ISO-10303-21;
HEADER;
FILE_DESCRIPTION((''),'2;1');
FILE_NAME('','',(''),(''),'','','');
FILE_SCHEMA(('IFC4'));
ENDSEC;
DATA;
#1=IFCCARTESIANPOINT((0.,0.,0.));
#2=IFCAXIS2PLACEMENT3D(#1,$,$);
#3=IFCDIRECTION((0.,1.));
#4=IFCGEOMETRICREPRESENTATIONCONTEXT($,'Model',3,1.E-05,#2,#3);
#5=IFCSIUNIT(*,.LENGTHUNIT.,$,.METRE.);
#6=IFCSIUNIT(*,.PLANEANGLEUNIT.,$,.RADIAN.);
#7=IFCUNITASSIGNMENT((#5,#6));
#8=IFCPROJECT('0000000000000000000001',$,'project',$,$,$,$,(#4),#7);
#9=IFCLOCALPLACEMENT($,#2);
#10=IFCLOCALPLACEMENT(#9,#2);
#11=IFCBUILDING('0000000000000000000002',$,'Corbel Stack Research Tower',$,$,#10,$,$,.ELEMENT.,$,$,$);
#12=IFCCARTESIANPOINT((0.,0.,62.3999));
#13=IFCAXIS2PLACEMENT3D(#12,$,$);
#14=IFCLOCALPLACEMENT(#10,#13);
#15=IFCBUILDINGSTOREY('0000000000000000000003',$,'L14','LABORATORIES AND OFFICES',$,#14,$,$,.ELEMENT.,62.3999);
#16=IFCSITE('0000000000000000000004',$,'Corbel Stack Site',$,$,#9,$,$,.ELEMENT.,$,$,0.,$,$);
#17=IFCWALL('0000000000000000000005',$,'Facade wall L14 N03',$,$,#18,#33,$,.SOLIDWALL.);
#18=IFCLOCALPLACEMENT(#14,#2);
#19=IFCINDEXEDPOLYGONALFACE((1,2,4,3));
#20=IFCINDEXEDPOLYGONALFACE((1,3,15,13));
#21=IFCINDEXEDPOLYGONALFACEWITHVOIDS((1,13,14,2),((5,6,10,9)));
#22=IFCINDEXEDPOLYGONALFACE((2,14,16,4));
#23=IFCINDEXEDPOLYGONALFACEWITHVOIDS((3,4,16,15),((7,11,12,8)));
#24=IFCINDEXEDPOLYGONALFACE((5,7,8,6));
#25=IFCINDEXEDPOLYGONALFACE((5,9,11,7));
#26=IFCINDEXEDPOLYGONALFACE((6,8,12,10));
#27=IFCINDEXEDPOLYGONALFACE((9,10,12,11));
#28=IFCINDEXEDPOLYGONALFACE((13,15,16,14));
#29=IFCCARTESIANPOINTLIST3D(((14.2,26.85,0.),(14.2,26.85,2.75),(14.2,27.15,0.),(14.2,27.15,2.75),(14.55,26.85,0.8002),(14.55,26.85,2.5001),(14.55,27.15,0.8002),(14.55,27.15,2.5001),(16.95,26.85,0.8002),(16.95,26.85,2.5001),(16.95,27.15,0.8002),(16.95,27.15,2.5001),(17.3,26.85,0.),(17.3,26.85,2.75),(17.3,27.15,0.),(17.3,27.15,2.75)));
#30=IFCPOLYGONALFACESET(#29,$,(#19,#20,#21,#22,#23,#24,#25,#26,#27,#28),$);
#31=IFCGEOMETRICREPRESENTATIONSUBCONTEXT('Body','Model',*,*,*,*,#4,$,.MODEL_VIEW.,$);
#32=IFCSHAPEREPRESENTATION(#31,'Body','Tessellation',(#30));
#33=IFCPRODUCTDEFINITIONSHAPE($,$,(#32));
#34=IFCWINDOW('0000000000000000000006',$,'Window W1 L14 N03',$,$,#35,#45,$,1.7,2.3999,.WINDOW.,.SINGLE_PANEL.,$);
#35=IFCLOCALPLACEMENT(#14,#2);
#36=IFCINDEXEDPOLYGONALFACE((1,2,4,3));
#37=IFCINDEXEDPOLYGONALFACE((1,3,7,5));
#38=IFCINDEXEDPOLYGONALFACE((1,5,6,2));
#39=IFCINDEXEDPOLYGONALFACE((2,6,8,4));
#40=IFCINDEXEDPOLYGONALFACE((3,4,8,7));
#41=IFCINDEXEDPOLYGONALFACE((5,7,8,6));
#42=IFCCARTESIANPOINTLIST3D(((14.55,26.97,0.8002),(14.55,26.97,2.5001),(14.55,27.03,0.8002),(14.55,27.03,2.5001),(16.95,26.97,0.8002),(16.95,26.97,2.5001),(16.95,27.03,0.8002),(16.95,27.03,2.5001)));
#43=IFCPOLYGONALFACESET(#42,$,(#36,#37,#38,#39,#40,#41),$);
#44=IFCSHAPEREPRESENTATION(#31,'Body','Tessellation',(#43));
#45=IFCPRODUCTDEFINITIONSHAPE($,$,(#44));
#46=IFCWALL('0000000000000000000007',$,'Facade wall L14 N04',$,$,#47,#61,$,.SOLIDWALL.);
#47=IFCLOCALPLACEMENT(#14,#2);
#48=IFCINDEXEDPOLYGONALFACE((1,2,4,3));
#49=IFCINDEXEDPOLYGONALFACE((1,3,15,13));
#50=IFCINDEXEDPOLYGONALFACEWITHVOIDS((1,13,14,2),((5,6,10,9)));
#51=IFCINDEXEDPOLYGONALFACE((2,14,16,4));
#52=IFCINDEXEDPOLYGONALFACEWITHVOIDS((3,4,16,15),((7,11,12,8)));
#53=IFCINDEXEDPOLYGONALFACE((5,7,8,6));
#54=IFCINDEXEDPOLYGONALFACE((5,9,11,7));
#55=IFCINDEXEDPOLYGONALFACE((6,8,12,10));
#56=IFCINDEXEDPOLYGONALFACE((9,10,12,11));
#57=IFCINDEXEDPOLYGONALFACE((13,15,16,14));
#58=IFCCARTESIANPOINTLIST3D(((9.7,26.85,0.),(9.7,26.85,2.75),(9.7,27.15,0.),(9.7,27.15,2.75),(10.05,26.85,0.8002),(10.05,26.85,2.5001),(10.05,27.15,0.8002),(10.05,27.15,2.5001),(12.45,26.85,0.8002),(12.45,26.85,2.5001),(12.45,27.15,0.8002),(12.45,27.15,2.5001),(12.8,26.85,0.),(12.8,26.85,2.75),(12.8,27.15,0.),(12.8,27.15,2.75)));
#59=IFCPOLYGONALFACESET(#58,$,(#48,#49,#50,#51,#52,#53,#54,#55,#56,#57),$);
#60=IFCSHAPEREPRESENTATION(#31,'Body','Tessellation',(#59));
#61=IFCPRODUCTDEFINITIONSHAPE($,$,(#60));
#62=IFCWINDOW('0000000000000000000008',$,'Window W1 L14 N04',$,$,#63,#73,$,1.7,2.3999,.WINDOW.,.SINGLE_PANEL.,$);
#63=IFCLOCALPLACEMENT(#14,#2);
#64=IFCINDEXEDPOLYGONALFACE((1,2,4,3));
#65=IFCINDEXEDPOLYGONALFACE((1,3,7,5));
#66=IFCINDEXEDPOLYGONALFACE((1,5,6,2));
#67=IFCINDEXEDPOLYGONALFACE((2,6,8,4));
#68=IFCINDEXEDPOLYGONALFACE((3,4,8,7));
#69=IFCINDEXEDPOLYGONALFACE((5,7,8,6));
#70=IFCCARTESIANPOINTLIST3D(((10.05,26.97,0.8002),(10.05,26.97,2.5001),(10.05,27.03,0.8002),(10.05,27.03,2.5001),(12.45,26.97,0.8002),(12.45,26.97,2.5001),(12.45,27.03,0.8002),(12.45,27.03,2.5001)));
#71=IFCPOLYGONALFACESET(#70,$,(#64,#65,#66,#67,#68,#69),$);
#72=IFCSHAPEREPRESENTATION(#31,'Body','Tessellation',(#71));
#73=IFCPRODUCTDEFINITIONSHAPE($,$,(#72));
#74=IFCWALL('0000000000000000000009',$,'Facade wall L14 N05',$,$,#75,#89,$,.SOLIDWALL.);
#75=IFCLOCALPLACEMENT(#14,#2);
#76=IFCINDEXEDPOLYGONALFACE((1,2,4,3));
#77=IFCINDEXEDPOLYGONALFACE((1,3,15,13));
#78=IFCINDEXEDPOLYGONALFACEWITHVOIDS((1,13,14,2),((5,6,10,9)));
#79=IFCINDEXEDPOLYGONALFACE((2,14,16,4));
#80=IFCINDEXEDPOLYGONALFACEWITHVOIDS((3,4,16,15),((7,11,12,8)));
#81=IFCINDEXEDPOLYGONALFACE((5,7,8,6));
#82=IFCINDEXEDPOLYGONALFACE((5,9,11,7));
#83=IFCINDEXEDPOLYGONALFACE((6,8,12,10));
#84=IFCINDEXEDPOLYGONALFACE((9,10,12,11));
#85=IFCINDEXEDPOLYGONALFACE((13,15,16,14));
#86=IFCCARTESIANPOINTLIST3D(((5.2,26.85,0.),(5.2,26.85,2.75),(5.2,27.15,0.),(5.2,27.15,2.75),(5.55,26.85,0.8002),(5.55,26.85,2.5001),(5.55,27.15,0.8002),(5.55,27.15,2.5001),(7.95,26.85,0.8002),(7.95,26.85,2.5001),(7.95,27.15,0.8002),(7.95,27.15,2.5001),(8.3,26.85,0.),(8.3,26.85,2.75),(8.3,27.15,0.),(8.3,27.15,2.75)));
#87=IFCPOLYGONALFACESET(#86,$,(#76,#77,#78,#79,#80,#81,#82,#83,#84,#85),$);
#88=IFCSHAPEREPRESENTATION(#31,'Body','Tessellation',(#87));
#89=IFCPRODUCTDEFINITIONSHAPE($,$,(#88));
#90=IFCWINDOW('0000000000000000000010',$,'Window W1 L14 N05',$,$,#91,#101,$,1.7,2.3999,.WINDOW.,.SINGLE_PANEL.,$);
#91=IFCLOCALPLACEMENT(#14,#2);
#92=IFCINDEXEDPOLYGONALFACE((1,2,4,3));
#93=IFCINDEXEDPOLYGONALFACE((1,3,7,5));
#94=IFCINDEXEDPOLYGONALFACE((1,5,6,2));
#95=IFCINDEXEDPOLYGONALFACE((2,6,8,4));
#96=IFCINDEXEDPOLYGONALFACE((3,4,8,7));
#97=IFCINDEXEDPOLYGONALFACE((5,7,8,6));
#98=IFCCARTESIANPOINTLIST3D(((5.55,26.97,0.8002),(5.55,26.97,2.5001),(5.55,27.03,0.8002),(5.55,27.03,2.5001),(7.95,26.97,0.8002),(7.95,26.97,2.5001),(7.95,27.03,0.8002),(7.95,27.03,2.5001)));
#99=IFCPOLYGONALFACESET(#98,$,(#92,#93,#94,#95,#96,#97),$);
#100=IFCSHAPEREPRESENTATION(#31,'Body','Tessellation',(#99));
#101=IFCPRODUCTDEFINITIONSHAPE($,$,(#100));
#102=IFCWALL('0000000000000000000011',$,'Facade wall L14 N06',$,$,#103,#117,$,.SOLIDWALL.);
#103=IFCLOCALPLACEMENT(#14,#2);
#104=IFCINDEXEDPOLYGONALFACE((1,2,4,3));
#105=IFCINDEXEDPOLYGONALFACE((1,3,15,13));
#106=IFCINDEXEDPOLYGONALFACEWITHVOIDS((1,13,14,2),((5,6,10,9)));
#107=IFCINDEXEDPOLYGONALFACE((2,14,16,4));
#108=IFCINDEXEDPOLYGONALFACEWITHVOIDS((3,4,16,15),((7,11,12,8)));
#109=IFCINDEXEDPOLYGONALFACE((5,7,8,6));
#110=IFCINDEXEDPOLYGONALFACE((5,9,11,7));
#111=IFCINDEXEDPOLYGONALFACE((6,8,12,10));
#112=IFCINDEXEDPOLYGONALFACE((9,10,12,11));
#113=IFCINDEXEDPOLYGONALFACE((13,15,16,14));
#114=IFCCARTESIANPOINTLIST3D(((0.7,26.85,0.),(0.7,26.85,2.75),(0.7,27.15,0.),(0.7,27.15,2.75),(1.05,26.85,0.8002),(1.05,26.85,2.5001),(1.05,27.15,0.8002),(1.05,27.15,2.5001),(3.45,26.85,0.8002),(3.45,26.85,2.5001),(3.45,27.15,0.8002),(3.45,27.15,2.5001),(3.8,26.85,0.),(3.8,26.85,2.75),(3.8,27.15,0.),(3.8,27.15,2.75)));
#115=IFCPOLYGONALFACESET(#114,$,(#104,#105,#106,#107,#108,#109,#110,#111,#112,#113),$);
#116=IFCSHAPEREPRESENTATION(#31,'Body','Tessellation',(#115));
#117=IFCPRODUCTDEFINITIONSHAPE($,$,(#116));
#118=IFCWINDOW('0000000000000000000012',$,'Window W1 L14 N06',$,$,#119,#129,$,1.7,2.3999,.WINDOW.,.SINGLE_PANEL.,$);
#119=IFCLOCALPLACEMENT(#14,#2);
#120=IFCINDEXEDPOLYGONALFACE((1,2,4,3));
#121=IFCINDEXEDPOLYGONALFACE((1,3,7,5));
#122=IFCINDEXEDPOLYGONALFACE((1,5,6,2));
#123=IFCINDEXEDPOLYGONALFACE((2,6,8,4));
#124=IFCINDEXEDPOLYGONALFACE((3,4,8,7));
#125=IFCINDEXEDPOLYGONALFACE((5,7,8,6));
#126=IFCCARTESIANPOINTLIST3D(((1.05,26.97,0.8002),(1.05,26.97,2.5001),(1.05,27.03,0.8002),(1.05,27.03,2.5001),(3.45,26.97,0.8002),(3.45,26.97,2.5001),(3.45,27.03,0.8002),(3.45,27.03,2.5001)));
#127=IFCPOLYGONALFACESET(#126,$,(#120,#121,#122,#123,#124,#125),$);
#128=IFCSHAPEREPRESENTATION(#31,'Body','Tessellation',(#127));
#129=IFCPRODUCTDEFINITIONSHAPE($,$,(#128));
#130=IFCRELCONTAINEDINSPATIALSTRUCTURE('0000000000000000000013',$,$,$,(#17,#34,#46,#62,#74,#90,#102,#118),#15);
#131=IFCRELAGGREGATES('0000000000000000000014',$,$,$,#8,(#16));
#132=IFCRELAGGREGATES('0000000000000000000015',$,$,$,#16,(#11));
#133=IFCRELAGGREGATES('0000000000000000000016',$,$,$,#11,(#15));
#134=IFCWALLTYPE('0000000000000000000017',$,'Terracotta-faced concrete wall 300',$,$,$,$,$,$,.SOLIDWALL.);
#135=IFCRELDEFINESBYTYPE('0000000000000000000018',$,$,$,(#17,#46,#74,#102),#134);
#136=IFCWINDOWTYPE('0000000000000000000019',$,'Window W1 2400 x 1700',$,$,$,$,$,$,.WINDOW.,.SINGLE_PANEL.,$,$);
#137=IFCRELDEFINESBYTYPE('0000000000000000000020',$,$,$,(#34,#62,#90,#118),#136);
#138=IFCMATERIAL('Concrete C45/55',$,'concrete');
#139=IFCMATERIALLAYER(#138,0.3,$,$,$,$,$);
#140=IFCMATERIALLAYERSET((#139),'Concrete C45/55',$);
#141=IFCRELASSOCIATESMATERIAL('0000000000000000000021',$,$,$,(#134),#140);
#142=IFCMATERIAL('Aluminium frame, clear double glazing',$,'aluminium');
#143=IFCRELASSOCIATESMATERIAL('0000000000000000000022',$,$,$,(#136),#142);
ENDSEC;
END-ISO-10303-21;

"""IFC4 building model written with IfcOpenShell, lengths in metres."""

from ifc_helpers import new_model, si_unit, direction, frame, frame_2d, origin, place, context, subcontext, project, spatial, rectangle, extrude, material, layer, layer_set, type_object, element, fill, save


model = new_model("IFC4")

# Units and contexts
model_context = context("Model", 3, precision=1e-05, world=origin(), true_north=direction((0.0, 1.0)))
body_context = subcontext(model_context, "Body", "Model", "MODEL_VIEW")
ifc_project = project(units=[si_unit("LENGTHUNIT", "METRE"), si_unit("PLANEANGLEUNIT", "RADIAN")], contexts=[model_context])

# Site, building, storey
site_placement = place(None, origin())
site = spatial("IfcSite", under=ifc_project, at=site_placement, Name="Corbel Stack Site", CompositionType="ELEMENT", RefElevation=0.0)
building_placement = place(site_placement, origin())
building = spatial("IfcBuilding", under=site, at=building_placement, Name="Corbel Stack Research Tower", CompositionType="ELEMENT")
storey_placement = place(building_placement, frame((0.0, 0.0, 62.3999)))
storey = spatial("IfcBuildingStorey", under=building, at=storey_placement, Name="L14", Description="LABORATORIES AND OFFICES", CompositionType="ELEMENT", Elevation=62.3999)

# Shared definitions
ifc_material_1 = material(Name="Concrete C45/55", Category="concrete")
ifc_layer_1 = layer(ifc_material_1, 0.3)
ifc_layer_set_1 = layer_set([ifc_layer_1], Name="Concrete C45/55")
wall_type_1 = type_object("IfcWallType", Name="Terracotta-faced concrete wall 300", PredefinedType="SOLIDWALL", material=ifc_layer_set_1)

# Walls, openings, windows
wall_1_placement = place(storey_placement, frame((14.2, 27.0, 0.0), z_axis=(0.0, 0.0, 1.0), x_axis=(1.0, 0.0, 0.0)))
wall_1 = element("IfcWall", 1, at=wall_1_placement, inside=storey, type_object=wall_type_1, Name="Facade wall L14 N03", PredefinedType="SOLIDWALL", context=body_context, shape_type="SweptSolid", body=[
    extrude(rectangle(XDim=3.1001, YDim=0.3, at=frame_2d((1.55, 0.0))), origin(), (0.0, 0.0, 1.0), 2.75),
])
opening_1_placement = place(wall_1_placement, frame((0.3501, 0.0, 0.8)))
opening_1 = element("IfcOpeningElement", 2, at=opening_1_placement, cuts=wall_1, PredefinedType="OPENING", context=body_context, shape_type="SweptSolid", body=[
    extrude(rectangle(XDim=2.3999, YDim=1.7, at=frame_2d((1.2, 0.8501))), frame((0.0, 0.1599, 0.0), z_axis=(0.0, -1.0, 0.0), x_axis=(1.0, 0.0, 0.0)), (0.0, 0.0, 1.0), 0.3201),
])
ifc_material_2 = material(Name="Aluminium frame, clear double glazing", Category="aluminium")
window_type = type_object("IfcWindowType", Name="Window W1 2400 x 1700", PartitioningType="SINGLE_PANEL", PredefinedType="WINDOW", material=ifc_material_2)
window_1_placement = place(opening_1_placement, origin())
window_1 = element("IfcWindow", 3, at=window_1_placement, inside=storey, type_object=window_type, Name="Window W1 L14 N03", OverallHeight=1.7, OverallWidth=2.3999, PartitioningType="SINGLE_PANEL", PredefinedType="WINDOW", context=body_context, shape_type="SweptSolid", body=[
    extrude(rectangle(XDim=2.3999, YDim=1.7, at=frame_2d((1.2, 0.8501))), frame((0.0, 0.03, 0.0), z_axis=(0.0, -1.0, 0.0), x_axis=(1.0, 0.0, 0.0)), (0.0, 0.0, 1.0), 0.0601),
])
fill(opening_1, window_1)
wall_2_placement = place(storey_placement, frame((9.7, 27.0, 0.0), z_axis=(0.0, 0.0, 1.0), x_axis=(1.0, 0.0, 0.0)))
wall_2 = element("IfcWall", 4, at=wall_2_placement, inside=storey, type_object=wall_type_1, Name="Facade wall L14 N04", PredefinedType="SOLIDWALL", context=body_context, shape_type="SweptSolid", body=[
    extrude(rectangle(XDim=3.1001, YDim=0.3, at=frame_2d((1.55, 0.0))), origin(), (0.0, 0.0, 1.0), 2.75),
])
opening_2_placement = place(wall_2_placement, frame((0.3501, 0.0, 0.8)))
opening_2 = element("IfcOpeningElement", 5, at=opening_2_placement, cuts=wall_2, PredefinedType="OPENING", context=body_context, shape_type="SweptSolid", body=[
    extrude(rectangle(XDim=2.3999, YDim=1.7, at=frame_2d((1.2, 0.8501))), frame((0.0, 0.1599, 0.0), z_axis=(0.0, -1.0, 0.0), x_axis=(1.0, 0.0, 0.0)), (0.0, 0.0, 1.0), 0.3201),
])
window_2_placement = place(opening_2_placement, origin())
window_2 = element("IfcWindow", 6, at=window_2_placement, inside=storey, type_object=window_type, Name="Window W1 L14 N04", OverallHeight=1.7, OverallWidth=2.3999, PartitioningType="SINGLE_PANEL", PredefinedType="WINDOW", context=body_context, shape_type="SweptSolid", body=[
    extrude(rectangle(XDim=2.3999, YDim=1.7, at=frame_2d((1.2, 0.8501))), frame((0.0, 0.03, 0.0), z_axis=(0.0, -1.0, 0.0), x_axis=(1.0, 0.0, 0.0)), (0.0, 0.0, 1.0), 0.0601),
])
fill(opening_2, window_2)
wall_3_placement = place(storey_placement, frame((5.2, 27.0, 0.0), z_axis=(0.0, 0.0, 1.0), x_axis=(1.0, 0.0, 0.0)))
wall_3 = element("IfcWall", 7, at=wall_3_placement, inside=storey, type_object=wall_type_1, Name="Facade wall L14 N05", PredefinedType="SOLIDWALL", context=body_context, shape_type="SweptSolid", body=[
    extrude(rectangle(XDim=3.1001, YDim=0.3, at=frame_2d((1.55, 0.0))), origin(), (0.0, 0.0, 1.0), 2.75),
])
opening_3_placement = place(wall_3_placement, frame((0.3501, 0.0, 0.8)))
opening_3 = element("IfcOpeningElement", 8, at=opening_3_placement, cuts=wall_3, PredefinedType="OPENING", context=body_context, shape_type="SweptSolid", body=[
    extrude(rectangle(XDim=2.3999, YDim=1.7, at=frame_2d((1.2, 0.8501))), frame((0.0, 0.1599, 0.0), z_axis=(0.0, -1.0, 0.0), x_axis=(1.0, 0.0, 0.0)), (0.0, 0.0, 1.0), 0.3201),
])
window_3_placement = place(opening_3_placement, origin())
window_3 = element("IfcWindow", 9, at=window_3_placement, inside=storey, type_object=window_type, Name="Window W1 L14 N05", OverallHeight=1.7, OverallWidth=2.3999, PartitioningType="SINGLE_PANEL", PredefinedType="WINDOW", context=body_context, shape_type="SweptSolid", body=[
    extrude(rectangle(XDim=2.3999, YDim=1.7, at=frame_2d((1.2, 0.8501))), frame((0.0, 0.03, 0.0), z_axis=(0.0, -1.0, 0.0), x_axis=(1.0, 0.0, 0.0)), (0.0, 0.0, 1.0), 0.0601),
])
fill(opening_3, window_3)
wall_4_placement = place(storey_placement, frame((0.7, 27.0, 0.0), z_axis=(0.0, 0.0, 1.0), x_axis=(1.0, 0.0, 0.0)))
wall_4 = element("IfcWall", 10, at=wall_4_placement, inside=storey, type_object=wall_type_1, Name="Facade wall L14 N06", PredefinedType="SOLIDWALL", context=body_context, shape_type="SweptSolid", body=[
    extrude(rectangle(XDim=3.1001, YDim=0.3, at=frame_2d((1.55, 0.0))), origin(), (0.0, 0.0, 1.0), 2.75),
])
opening_4_placement = place(wall_4_placement, frame((0.3501, 0.0, 0.8)))
opening_4 = element("IfcOpeningElement", 11, at=opening_4_placement, cuts=wall_4, PredefinedType="OPENING", context=body_context, shape_type="SweptSolid", body=[
    extrude(rectangle(XDim=2.3999, YDim=1.7, at=frame_2d((1.2, 0.8501))), frame((0.0, 0.1599, 0.0), z_axis=(0.0, -1.0, 0.0), x_axis=(1.0, 0.0, 0.0)), (0.0, 0.0, 1.0), 0.3201),
])
window_4_placement = place(opening_4_placement, origin())
window_4 = element("IfcWindow", 12, at=window_4_placement, inside=storey, type_object=window_type, Name="Window W1 L14 N06", OverallHeight=1.7, OverallWidth=2.3999, PartitioningType="SINGLE_PANEL", PredefinedType="WINDOW", context=body_context, shape_type="SweptSolid", body=[
    extrude(rectangle(XDim=2.3999, YDim=1.7, at=frame_2d((1.2, 0.8501))), frame((0.0, 0.03, 0.0), z_axis=(0.0, -1.0, 0.0), x_axis=(1.0, 0.0, 0.0)), (0.0, 0.0, 1.0), 0.0601),
])
fill(opening_4, window_4)

save(model, "model.ifc")
